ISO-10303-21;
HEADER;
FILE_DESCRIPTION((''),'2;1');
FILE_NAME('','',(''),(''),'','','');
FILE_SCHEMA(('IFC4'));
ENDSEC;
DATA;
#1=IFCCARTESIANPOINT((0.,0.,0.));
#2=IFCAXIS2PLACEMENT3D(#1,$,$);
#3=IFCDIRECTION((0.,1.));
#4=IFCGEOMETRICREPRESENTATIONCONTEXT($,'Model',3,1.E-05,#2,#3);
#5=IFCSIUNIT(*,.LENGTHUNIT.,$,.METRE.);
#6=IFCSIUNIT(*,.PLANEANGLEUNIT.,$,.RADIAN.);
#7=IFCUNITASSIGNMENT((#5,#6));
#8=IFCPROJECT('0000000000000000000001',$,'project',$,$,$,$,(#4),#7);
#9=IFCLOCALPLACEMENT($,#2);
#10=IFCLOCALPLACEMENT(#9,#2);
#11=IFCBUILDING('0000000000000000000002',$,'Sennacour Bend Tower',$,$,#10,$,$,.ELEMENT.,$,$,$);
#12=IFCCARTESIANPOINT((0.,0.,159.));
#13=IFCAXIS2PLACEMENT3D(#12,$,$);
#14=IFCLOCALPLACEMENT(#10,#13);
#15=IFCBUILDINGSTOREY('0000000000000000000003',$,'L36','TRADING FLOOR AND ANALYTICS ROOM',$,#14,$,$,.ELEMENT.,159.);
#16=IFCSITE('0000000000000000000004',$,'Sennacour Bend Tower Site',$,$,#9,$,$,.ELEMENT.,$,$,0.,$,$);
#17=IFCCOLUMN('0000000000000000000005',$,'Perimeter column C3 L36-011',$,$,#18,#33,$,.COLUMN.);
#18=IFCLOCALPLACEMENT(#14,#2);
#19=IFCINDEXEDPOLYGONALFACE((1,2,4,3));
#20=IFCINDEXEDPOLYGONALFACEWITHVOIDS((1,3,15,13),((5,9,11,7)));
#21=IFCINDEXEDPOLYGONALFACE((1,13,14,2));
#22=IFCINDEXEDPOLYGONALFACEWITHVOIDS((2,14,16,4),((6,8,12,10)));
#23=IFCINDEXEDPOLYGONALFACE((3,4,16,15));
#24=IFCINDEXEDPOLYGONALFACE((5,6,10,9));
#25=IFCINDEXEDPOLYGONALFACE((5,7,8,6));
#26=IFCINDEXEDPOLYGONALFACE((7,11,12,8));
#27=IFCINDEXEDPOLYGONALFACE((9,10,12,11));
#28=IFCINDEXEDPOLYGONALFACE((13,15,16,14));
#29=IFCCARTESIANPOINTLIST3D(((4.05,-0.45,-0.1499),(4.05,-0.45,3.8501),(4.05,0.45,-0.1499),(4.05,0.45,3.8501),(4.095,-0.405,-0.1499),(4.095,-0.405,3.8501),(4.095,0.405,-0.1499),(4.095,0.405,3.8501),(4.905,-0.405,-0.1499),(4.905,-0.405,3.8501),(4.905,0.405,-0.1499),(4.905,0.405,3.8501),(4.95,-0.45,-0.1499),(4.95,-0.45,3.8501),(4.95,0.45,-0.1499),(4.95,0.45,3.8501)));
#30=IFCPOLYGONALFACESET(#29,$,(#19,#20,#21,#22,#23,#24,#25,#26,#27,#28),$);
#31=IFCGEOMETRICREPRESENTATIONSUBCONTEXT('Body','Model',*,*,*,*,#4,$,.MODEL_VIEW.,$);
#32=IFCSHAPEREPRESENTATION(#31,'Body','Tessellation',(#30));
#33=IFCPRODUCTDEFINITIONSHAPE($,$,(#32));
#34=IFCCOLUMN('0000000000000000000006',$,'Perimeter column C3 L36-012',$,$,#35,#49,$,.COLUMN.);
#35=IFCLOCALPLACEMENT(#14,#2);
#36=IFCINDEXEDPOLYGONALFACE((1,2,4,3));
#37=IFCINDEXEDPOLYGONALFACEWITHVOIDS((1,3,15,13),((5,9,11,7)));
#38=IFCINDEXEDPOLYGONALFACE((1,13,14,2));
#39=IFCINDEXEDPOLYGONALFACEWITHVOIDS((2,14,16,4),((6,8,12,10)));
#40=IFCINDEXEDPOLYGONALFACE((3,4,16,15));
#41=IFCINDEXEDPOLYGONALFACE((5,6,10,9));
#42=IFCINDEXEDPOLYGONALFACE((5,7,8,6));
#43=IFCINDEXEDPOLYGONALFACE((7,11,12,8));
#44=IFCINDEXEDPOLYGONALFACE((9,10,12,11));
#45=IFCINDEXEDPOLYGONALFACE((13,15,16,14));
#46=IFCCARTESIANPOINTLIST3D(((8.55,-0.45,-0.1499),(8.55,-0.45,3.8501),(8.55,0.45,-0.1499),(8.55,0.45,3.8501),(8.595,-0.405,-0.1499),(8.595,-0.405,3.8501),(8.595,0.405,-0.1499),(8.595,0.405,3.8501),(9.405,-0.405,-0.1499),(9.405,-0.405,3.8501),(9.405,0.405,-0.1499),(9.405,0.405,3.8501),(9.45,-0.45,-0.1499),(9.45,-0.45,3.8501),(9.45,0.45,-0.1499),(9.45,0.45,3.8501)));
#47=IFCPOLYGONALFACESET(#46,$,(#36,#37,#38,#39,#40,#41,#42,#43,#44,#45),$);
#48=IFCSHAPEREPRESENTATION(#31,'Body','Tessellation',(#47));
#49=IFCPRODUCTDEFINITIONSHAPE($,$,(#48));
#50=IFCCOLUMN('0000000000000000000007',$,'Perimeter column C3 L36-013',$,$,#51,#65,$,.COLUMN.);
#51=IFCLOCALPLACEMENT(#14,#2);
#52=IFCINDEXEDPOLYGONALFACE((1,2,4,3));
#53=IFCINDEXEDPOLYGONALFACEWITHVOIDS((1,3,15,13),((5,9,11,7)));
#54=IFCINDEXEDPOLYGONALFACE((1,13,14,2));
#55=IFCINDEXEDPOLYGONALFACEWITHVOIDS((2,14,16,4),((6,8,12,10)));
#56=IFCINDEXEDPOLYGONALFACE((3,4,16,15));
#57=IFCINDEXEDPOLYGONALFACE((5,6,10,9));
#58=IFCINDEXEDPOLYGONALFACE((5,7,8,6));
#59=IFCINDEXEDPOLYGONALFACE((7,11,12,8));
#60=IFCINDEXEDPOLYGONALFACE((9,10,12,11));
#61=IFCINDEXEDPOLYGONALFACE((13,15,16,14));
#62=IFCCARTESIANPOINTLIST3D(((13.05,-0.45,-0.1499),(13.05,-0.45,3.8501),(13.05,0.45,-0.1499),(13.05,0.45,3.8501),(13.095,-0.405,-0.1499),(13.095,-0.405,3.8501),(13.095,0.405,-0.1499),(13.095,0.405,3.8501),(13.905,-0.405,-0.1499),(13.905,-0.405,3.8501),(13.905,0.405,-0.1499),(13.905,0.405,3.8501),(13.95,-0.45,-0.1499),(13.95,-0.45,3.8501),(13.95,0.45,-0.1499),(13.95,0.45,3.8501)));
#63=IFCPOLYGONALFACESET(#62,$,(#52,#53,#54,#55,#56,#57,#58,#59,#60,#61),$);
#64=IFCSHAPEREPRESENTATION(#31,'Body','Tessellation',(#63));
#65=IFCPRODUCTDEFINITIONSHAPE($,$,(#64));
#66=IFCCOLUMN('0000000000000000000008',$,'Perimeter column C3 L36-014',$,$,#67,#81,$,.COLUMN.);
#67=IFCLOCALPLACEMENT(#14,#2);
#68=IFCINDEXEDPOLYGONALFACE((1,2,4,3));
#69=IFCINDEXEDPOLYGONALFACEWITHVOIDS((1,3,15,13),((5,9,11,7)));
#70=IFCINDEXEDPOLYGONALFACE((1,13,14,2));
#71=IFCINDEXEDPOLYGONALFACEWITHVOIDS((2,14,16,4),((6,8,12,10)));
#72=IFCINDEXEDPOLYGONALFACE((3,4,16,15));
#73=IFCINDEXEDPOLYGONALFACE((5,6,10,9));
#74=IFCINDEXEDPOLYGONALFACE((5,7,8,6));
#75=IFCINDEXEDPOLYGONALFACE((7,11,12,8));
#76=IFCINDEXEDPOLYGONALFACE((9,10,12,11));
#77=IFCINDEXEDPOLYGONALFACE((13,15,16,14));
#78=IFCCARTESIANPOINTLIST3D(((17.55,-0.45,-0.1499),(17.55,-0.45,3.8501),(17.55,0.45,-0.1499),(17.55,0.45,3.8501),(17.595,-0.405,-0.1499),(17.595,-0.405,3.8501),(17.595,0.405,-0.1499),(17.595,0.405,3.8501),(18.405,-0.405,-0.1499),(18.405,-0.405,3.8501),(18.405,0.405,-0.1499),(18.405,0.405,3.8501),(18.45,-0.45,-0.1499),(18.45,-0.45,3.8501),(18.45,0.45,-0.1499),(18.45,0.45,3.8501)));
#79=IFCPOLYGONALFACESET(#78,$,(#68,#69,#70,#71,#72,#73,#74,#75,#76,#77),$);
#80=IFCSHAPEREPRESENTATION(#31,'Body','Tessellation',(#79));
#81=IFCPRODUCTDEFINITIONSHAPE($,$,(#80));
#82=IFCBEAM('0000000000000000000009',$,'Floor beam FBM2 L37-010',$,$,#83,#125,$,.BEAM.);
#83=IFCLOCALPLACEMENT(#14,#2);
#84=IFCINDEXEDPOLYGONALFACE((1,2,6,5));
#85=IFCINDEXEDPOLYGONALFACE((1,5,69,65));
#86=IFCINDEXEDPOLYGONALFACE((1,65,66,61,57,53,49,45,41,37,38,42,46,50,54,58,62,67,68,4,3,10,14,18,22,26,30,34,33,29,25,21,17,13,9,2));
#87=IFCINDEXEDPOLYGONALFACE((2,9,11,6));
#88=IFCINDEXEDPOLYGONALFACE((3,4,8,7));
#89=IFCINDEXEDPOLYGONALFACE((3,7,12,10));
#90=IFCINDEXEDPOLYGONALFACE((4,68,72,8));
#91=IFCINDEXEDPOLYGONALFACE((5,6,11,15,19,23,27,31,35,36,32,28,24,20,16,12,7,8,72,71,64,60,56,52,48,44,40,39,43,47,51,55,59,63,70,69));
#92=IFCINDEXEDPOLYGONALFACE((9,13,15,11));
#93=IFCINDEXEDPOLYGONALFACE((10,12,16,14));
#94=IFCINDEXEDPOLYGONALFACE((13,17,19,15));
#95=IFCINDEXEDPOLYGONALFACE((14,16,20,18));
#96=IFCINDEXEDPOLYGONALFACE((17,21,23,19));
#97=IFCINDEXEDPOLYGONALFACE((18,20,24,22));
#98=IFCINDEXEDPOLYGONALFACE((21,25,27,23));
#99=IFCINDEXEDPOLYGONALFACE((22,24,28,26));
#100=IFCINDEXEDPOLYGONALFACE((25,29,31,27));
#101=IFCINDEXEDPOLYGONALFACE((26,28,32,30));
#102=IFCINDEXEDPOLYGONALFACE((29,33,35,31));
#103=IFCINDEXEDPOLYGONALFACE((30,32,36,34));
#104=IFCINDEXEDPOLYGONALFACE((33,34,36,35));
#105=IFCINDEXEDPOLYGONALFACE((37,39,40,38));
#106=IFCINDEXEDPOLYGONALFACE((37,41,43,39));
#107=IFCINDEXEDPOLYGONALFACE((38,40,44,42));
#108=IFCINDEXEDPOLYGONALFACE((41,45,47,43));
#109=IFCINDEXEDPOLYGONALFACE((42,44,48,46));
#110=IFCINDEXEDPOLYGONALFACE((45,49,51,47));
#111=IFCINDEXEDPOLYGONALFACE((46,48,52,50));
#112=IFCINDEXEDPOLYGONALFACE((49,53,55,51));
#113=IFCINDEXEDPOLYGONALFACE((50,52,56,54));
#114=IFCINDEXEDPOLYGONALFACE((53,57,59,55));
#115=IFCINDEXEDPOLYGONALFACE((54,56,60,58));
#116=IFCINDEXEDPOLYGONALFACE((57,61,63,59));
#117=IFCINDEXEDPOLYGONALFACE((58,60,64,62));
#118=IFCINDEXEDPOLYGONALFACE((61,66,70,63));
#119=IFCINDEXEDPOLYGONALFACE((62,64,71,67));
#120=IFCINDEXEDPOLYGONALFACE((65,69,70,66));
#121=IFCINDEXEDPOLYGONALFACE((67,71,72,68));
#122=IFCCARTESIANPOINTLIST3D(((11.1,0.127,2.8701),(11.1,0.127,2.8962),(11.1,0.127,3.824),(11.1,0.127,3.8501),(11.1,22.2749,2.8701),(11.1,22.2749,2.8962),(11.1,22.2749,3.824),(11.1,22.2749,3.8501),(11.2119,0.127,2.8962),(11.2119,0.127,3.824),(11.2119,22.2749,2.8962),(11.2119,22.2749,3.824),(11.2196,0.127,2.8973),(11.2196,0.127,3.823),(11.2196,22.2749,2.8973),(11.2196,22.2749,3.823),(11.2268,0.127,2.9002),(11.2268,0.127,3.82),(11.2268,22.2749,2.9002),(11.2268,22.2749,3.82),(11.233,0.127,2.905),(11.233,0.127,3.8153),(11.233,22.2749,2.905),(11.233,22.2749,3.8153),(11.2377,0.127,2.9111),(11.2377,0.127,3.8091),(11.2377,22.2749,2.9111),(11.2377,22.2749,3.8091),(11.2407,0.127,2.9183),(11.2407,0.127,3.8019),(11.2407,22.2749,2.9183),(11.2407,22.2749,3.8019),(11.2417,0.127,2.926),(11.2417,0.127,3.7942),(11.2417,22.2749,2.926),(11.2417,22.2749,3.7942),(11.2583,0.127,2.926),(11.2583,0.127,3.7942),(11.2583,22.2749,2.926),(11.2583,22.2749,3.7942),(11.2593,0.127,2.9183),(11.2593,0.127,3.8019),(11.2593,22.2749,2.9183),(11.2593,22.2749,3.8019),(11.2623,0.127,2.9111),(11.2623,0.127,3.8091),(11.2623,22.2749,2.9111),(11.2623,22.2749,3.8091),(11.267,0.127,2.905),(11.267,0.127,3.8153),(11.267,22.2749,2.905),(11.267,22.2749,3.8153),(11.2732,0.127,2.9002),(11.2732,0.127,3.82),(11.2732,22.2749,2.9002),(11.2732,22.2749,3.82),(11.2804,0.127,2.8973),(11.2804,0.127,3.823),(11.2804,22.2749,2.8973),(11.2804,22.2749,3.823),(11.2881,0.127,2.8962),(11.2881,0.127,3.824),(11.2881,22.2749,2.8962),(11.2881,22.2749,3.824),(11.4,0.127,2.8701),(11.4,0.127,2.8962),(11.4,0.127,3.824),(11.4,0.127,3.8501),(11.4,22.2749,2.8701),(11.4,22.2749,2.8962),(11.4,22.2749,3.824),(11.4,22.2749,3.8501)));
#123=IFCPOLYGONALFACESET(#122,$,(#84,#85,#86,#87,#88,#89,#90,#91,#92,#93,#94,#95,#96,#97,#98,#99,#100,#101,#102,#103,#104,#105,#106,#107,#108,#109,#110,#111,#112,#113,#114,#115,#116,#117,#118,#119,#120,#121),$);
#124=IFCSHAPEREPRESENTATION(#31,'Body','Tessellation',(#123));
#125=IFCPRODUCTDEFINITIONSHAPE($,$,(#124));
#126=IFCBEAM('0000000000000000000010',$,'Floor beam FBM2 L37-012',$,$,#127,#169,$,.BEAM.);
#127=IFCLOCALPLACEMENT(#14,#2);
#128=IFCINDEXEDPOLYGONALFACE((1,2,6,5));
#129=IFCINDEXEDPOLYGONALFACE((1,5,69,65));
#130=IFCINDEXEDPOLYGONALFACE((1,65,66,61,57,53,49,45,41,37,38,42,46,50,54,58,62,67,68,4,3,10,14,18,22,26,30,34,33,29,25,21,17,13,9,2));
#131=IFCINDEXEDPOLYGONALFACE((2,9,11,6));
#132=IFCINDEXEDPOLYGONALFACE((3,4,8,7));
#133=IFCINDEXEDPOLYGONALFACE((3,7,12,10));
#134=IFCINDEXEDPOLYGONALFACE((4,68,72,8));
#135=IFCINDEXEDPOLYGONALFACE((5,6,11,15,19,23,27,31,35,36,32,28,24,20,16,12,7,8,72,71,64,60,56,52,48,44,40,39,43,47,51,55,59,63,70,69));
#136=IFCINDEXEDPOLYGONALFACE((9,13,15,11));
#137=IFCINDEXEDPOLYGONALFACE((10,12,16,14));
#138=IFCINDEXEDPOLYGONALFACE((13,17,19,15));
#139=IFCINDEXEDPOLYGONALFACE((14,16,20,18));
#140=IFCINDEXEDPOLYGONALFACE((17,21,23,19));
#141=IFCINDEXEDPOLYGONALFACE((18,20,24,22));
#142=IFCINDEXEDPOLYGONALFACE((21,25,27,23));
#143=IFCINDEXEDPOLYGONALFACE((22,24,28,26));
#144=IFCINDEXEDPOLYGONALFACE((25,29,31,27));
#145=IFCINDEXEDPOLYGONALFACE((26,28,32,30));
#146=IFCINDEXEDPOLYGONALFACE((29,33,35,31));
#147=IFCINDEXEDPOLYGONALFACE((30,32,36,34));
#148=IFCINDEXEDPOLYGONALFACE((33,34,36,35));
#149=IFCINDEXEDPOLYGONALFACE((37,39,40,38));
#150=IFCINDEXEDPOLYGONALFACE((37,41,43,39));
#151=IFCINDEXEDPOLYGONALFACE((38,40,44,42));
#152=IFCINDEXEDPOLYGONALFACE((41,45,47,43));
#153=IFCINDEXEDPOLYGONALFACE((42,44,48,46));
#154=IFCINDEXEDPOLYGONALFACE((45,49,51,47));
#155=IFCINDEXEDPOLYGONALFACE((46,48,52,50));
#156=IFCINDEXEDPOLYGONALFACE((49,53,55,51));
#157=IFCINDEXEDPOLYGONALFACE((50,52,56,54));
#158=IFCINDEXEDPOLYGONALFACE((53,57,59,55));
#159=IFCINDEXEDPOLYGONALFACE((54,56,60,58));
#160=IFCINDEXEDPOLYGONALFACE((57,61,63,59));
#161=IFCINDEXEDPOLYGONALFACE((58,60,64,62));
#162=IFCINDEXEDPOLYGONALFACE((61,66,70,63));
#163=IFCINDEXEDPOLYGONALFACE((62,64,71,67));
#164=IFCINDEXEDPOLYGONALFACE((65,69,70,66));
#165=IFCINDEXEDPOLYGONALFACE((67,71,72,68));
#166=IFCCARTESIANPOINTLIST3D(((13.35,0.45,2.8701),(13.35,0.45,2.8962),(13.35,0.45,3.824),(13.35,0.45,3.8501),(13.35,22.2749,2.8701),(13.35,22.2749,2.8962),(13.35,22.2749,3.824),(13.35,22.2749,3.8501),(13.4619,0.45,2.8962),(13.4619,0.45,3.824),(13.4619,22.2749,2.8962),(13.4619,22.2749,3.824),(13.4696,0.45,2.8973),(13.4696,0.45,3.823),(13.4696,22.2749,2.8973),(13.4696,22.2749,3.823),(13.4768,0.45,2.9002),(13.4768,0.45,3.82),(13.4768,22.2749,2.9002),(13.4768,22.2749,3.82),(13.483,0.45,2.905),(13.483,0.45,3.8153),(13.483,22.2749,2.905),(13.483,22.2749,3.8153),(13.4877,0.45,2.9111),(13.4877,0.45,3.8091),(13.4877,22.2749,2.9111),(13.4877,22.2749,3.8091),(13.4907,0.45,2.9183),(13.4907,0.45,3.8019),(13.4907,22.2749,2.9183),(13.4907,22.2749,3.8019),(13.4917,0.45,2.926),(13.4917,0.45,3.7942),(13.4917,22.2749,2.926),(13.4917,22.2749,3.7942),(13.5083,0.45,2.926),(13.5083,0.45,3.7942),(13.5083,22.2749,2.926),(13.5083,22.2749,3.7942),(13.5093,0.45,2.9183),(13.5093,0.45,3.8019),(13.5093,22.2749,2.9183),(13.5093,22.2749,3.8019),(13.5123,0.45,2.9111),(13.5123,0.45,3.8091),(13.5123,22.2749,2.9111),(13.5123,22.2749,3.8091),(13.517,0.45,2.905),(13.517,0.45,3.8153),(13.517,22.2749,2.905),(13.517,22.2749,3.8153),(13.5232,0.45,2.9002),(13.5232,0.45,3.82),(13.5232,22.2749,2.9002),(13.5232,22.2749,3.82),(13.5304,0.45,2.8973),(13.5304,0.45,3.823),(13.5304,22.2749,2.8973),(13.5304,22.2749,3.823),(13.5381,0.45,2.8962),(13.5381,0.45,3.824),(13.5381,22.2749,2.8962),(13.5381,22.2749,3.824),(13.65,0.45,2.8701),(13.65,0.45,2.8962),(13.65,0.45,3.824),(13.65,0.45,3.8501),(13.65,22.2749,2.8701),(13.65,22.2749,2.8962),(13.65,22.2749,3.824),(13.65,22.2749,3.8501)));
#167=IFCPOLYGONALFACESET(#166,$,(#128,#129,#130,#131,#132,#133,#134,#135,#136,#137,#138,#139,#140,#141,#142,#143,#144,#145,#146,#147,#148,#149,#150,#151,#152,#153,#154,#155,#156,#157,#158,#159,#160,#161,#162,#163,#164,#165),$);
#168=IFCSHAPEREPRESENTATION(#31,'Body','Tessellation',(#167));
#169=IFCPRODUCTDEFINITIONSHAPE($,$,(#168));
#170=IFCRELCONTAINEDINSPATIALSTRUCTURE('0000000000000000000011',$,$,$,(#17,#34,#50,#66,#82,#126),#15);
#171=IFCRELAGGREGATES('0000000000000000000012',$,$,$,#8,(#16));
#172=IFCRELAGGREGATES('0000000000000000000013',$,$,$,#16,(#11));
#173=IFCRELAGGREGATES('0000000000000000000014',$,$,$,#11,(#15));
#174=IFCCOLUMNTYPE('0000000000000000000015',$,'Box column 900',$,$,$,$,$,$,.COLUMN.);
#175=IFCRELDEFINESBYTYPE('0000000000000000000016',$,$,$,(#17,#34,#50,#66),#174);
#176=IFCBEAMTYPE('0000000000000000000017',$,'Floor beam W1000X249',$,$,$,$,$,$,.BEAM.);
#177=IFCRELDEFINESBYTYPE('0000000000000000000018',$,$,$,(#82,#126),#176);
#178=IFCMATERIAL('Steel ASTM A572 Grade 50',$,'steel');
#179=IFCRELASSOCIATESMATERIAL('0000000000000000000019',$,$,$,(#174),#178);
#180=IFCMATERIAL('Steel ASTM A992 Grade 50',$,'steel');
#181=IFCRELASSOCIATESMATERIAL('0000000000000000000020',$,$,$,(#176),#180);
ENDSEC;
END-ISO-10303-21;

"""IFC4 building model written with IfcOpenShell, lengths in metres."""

from ifc_helpers import new_model, si_unit, direction, frame, origin, origin_2d, place, context, subcontext, project, spatial, hollow_rectangle, i_section, extrude, material, material_profile, profile_set, type_object, element, save


model = new_model("IFC4")

# Units and contexts
model_context = context("Model", 3, precision=1e-05, world=origin(), true_north=direction((0.0, 1.0)))
body_context = subcontext(model_context, "Body", "Model", "MODEL_VIEW")
ifc_project = project(units=[si_unit("LENGTHUNIT", "METRE"), si_unit("PLANEANGLEUNIT", "RADIAN")], contexts=[model_context])

# Site, building, storey
site_placement = place(None, origin())
site = spatial("IfcSite", under=ifc_project, at=site_placement, Name="Sennacour Bend Tower Site", CompositionType="ELEMENT", RefElevation=0.0)
building_placement = place(site_placement, origin())
building = spatial("IfcBuilding", under=site, at=building_placement, Name="Sennacour Bend Tower", CompositionType="ELEMENT")
storey_placement = place(building_placement, frame((0.0, 0.0, 159.0)))
storey = spatial("IfcBuildingStorey", under=building, at=storey_placement, Name="L36", Description="TRADING FLOOR AND ANALYTICS ROOM", CompositionType="ELEMENT", Elevation=159.0)

# Columns
ifc_material_1 = material(Name="Steel ASTM A572 Grade 50", Category="steel")
ifc_material_profile_1 = material_profile(ifc_material_1, hollow_rectangle(XDim=0.8999, YDim=0.8999, WallThickness=0.0449, at=origin_2d()), Name="Steel ASTM A572 Grade 50", Category="steel")
ifc_profile_set_1 = profile_set([ifc_material_profile_1], Name="Steel ASTM A572 Grade 50")
column_type = type_object("IfcColumnType", Name="Box column 900", PredefinedType="COLUMN", material=ifc_profile_set_1)
for number, where, z_axis, x_axis, name in (
    (1, (4.5, 0.0, -0.1499), (0.0, 0.0, 1.0), (1.0, 0.0, 0.0), "Perimeter column C3 L36-011"),
    (2, (9.0, 0.0, -0.1499), (0.0, 0.0, 1.0), (1.0, 0.0, 0.0), "Perimeter column C3 L36-012"),
    (3, (13.5, 0.0, -0.1499), (0.0, 0.0, 1.0), (1.0, 0.0, 0.0), "Perimeter column C3 L36-013"),
    (4, (18.0, 0.0, -0.1499), (0.0, 0.0, 1.0), (1.0, 0.0, 0.0), "Perimeter column C3 L36-014"),
):
    element("IfcColumn", number, at=place(storey_placement, frame(where, z_axis=z_axis, x_axis=x_axis)), inside=storey, type_object=column_type, Name=name, PredefinedType="COLUMN", context=body_context, shape_type="SweptSolid", body=[
        extrude(hollow_rectangle(XDim=0.8999, YDim=0.8999, WallThickness=0.0449, at=origin_2d()), origin(), (0.0, 0.0, 1.0), 4.0),
    ])

# Beams
ifc_material_2 = material(Name="Steel ASTM A992 Grade 50", Category="steel")
ifc_material_profile_2 = material_profile(ifc_material_2, i_section(OverallWidth=0.3, OverallDepth=0.98, WebThickness=0.0166, FlangeThickness=0.0261, FilletRadius=0.0298, at=origin_2d()), Name="Steel ASTM A992 Grade 50", Category="steel")
ifc_profile_set_2 = profile_set([ifc_material_profile_2], Name="Steel ASTM A992 Grade 50")
beam_type_1 = type_object("IfcBeamType", Name="Floor beam W1000X249", PredefinedType="BEAM", material=ifc_profile_set_2)
beam_1_placement = place(storey_placement, frame((11.25, 0.127, 3.3601), z_axis=(0.0, 1.0, 0.0), x_axis=(-1.0, 0.0, 0.0)))
element("IfcBeam", 5, at=beam_1_placement, inside=storey, type_object=beam_type_1, Name="Floor beam FBM2 L37-010", PredefinedType="BEAM", context=body_context, shape_type="SweptSolid", body=[
    extrude(i_section(OverallWidth=0.3, OverallDepth=0.98, WebThickness=0.0166, FlangeThickness=0.0261, FilletRadius=0.0298, at=origin_2d()), origin(), (0.0, 0.0, 1.0), 22.1479),
])
beam_2_placement = place(storey_placement, frame((13.5, 0.45, 3.3601), z_axis=(0.0, 1.0, 0.0), x_axis=(-1.0, 0.0, 0.0)))
element("IfcBeam", 6, at=beam_2_placement, inside=storey, type_object=beam_type_1, Name="Floor beam FBM2 L37-012", PredefinedType="BEAM", context=body_context, shape_type="SweptSolid", body=[
    extrude(i_section(OverallWidth=0.3, OverallDepth=0.98, WebThickness=0.0166, FlangeThickness=0.0261, FilletRadius=0.0298, at=origin_2d()), origin(), (0.0, 0.0, 1.0), 21.825),
])

save(model, "model.ifc")
